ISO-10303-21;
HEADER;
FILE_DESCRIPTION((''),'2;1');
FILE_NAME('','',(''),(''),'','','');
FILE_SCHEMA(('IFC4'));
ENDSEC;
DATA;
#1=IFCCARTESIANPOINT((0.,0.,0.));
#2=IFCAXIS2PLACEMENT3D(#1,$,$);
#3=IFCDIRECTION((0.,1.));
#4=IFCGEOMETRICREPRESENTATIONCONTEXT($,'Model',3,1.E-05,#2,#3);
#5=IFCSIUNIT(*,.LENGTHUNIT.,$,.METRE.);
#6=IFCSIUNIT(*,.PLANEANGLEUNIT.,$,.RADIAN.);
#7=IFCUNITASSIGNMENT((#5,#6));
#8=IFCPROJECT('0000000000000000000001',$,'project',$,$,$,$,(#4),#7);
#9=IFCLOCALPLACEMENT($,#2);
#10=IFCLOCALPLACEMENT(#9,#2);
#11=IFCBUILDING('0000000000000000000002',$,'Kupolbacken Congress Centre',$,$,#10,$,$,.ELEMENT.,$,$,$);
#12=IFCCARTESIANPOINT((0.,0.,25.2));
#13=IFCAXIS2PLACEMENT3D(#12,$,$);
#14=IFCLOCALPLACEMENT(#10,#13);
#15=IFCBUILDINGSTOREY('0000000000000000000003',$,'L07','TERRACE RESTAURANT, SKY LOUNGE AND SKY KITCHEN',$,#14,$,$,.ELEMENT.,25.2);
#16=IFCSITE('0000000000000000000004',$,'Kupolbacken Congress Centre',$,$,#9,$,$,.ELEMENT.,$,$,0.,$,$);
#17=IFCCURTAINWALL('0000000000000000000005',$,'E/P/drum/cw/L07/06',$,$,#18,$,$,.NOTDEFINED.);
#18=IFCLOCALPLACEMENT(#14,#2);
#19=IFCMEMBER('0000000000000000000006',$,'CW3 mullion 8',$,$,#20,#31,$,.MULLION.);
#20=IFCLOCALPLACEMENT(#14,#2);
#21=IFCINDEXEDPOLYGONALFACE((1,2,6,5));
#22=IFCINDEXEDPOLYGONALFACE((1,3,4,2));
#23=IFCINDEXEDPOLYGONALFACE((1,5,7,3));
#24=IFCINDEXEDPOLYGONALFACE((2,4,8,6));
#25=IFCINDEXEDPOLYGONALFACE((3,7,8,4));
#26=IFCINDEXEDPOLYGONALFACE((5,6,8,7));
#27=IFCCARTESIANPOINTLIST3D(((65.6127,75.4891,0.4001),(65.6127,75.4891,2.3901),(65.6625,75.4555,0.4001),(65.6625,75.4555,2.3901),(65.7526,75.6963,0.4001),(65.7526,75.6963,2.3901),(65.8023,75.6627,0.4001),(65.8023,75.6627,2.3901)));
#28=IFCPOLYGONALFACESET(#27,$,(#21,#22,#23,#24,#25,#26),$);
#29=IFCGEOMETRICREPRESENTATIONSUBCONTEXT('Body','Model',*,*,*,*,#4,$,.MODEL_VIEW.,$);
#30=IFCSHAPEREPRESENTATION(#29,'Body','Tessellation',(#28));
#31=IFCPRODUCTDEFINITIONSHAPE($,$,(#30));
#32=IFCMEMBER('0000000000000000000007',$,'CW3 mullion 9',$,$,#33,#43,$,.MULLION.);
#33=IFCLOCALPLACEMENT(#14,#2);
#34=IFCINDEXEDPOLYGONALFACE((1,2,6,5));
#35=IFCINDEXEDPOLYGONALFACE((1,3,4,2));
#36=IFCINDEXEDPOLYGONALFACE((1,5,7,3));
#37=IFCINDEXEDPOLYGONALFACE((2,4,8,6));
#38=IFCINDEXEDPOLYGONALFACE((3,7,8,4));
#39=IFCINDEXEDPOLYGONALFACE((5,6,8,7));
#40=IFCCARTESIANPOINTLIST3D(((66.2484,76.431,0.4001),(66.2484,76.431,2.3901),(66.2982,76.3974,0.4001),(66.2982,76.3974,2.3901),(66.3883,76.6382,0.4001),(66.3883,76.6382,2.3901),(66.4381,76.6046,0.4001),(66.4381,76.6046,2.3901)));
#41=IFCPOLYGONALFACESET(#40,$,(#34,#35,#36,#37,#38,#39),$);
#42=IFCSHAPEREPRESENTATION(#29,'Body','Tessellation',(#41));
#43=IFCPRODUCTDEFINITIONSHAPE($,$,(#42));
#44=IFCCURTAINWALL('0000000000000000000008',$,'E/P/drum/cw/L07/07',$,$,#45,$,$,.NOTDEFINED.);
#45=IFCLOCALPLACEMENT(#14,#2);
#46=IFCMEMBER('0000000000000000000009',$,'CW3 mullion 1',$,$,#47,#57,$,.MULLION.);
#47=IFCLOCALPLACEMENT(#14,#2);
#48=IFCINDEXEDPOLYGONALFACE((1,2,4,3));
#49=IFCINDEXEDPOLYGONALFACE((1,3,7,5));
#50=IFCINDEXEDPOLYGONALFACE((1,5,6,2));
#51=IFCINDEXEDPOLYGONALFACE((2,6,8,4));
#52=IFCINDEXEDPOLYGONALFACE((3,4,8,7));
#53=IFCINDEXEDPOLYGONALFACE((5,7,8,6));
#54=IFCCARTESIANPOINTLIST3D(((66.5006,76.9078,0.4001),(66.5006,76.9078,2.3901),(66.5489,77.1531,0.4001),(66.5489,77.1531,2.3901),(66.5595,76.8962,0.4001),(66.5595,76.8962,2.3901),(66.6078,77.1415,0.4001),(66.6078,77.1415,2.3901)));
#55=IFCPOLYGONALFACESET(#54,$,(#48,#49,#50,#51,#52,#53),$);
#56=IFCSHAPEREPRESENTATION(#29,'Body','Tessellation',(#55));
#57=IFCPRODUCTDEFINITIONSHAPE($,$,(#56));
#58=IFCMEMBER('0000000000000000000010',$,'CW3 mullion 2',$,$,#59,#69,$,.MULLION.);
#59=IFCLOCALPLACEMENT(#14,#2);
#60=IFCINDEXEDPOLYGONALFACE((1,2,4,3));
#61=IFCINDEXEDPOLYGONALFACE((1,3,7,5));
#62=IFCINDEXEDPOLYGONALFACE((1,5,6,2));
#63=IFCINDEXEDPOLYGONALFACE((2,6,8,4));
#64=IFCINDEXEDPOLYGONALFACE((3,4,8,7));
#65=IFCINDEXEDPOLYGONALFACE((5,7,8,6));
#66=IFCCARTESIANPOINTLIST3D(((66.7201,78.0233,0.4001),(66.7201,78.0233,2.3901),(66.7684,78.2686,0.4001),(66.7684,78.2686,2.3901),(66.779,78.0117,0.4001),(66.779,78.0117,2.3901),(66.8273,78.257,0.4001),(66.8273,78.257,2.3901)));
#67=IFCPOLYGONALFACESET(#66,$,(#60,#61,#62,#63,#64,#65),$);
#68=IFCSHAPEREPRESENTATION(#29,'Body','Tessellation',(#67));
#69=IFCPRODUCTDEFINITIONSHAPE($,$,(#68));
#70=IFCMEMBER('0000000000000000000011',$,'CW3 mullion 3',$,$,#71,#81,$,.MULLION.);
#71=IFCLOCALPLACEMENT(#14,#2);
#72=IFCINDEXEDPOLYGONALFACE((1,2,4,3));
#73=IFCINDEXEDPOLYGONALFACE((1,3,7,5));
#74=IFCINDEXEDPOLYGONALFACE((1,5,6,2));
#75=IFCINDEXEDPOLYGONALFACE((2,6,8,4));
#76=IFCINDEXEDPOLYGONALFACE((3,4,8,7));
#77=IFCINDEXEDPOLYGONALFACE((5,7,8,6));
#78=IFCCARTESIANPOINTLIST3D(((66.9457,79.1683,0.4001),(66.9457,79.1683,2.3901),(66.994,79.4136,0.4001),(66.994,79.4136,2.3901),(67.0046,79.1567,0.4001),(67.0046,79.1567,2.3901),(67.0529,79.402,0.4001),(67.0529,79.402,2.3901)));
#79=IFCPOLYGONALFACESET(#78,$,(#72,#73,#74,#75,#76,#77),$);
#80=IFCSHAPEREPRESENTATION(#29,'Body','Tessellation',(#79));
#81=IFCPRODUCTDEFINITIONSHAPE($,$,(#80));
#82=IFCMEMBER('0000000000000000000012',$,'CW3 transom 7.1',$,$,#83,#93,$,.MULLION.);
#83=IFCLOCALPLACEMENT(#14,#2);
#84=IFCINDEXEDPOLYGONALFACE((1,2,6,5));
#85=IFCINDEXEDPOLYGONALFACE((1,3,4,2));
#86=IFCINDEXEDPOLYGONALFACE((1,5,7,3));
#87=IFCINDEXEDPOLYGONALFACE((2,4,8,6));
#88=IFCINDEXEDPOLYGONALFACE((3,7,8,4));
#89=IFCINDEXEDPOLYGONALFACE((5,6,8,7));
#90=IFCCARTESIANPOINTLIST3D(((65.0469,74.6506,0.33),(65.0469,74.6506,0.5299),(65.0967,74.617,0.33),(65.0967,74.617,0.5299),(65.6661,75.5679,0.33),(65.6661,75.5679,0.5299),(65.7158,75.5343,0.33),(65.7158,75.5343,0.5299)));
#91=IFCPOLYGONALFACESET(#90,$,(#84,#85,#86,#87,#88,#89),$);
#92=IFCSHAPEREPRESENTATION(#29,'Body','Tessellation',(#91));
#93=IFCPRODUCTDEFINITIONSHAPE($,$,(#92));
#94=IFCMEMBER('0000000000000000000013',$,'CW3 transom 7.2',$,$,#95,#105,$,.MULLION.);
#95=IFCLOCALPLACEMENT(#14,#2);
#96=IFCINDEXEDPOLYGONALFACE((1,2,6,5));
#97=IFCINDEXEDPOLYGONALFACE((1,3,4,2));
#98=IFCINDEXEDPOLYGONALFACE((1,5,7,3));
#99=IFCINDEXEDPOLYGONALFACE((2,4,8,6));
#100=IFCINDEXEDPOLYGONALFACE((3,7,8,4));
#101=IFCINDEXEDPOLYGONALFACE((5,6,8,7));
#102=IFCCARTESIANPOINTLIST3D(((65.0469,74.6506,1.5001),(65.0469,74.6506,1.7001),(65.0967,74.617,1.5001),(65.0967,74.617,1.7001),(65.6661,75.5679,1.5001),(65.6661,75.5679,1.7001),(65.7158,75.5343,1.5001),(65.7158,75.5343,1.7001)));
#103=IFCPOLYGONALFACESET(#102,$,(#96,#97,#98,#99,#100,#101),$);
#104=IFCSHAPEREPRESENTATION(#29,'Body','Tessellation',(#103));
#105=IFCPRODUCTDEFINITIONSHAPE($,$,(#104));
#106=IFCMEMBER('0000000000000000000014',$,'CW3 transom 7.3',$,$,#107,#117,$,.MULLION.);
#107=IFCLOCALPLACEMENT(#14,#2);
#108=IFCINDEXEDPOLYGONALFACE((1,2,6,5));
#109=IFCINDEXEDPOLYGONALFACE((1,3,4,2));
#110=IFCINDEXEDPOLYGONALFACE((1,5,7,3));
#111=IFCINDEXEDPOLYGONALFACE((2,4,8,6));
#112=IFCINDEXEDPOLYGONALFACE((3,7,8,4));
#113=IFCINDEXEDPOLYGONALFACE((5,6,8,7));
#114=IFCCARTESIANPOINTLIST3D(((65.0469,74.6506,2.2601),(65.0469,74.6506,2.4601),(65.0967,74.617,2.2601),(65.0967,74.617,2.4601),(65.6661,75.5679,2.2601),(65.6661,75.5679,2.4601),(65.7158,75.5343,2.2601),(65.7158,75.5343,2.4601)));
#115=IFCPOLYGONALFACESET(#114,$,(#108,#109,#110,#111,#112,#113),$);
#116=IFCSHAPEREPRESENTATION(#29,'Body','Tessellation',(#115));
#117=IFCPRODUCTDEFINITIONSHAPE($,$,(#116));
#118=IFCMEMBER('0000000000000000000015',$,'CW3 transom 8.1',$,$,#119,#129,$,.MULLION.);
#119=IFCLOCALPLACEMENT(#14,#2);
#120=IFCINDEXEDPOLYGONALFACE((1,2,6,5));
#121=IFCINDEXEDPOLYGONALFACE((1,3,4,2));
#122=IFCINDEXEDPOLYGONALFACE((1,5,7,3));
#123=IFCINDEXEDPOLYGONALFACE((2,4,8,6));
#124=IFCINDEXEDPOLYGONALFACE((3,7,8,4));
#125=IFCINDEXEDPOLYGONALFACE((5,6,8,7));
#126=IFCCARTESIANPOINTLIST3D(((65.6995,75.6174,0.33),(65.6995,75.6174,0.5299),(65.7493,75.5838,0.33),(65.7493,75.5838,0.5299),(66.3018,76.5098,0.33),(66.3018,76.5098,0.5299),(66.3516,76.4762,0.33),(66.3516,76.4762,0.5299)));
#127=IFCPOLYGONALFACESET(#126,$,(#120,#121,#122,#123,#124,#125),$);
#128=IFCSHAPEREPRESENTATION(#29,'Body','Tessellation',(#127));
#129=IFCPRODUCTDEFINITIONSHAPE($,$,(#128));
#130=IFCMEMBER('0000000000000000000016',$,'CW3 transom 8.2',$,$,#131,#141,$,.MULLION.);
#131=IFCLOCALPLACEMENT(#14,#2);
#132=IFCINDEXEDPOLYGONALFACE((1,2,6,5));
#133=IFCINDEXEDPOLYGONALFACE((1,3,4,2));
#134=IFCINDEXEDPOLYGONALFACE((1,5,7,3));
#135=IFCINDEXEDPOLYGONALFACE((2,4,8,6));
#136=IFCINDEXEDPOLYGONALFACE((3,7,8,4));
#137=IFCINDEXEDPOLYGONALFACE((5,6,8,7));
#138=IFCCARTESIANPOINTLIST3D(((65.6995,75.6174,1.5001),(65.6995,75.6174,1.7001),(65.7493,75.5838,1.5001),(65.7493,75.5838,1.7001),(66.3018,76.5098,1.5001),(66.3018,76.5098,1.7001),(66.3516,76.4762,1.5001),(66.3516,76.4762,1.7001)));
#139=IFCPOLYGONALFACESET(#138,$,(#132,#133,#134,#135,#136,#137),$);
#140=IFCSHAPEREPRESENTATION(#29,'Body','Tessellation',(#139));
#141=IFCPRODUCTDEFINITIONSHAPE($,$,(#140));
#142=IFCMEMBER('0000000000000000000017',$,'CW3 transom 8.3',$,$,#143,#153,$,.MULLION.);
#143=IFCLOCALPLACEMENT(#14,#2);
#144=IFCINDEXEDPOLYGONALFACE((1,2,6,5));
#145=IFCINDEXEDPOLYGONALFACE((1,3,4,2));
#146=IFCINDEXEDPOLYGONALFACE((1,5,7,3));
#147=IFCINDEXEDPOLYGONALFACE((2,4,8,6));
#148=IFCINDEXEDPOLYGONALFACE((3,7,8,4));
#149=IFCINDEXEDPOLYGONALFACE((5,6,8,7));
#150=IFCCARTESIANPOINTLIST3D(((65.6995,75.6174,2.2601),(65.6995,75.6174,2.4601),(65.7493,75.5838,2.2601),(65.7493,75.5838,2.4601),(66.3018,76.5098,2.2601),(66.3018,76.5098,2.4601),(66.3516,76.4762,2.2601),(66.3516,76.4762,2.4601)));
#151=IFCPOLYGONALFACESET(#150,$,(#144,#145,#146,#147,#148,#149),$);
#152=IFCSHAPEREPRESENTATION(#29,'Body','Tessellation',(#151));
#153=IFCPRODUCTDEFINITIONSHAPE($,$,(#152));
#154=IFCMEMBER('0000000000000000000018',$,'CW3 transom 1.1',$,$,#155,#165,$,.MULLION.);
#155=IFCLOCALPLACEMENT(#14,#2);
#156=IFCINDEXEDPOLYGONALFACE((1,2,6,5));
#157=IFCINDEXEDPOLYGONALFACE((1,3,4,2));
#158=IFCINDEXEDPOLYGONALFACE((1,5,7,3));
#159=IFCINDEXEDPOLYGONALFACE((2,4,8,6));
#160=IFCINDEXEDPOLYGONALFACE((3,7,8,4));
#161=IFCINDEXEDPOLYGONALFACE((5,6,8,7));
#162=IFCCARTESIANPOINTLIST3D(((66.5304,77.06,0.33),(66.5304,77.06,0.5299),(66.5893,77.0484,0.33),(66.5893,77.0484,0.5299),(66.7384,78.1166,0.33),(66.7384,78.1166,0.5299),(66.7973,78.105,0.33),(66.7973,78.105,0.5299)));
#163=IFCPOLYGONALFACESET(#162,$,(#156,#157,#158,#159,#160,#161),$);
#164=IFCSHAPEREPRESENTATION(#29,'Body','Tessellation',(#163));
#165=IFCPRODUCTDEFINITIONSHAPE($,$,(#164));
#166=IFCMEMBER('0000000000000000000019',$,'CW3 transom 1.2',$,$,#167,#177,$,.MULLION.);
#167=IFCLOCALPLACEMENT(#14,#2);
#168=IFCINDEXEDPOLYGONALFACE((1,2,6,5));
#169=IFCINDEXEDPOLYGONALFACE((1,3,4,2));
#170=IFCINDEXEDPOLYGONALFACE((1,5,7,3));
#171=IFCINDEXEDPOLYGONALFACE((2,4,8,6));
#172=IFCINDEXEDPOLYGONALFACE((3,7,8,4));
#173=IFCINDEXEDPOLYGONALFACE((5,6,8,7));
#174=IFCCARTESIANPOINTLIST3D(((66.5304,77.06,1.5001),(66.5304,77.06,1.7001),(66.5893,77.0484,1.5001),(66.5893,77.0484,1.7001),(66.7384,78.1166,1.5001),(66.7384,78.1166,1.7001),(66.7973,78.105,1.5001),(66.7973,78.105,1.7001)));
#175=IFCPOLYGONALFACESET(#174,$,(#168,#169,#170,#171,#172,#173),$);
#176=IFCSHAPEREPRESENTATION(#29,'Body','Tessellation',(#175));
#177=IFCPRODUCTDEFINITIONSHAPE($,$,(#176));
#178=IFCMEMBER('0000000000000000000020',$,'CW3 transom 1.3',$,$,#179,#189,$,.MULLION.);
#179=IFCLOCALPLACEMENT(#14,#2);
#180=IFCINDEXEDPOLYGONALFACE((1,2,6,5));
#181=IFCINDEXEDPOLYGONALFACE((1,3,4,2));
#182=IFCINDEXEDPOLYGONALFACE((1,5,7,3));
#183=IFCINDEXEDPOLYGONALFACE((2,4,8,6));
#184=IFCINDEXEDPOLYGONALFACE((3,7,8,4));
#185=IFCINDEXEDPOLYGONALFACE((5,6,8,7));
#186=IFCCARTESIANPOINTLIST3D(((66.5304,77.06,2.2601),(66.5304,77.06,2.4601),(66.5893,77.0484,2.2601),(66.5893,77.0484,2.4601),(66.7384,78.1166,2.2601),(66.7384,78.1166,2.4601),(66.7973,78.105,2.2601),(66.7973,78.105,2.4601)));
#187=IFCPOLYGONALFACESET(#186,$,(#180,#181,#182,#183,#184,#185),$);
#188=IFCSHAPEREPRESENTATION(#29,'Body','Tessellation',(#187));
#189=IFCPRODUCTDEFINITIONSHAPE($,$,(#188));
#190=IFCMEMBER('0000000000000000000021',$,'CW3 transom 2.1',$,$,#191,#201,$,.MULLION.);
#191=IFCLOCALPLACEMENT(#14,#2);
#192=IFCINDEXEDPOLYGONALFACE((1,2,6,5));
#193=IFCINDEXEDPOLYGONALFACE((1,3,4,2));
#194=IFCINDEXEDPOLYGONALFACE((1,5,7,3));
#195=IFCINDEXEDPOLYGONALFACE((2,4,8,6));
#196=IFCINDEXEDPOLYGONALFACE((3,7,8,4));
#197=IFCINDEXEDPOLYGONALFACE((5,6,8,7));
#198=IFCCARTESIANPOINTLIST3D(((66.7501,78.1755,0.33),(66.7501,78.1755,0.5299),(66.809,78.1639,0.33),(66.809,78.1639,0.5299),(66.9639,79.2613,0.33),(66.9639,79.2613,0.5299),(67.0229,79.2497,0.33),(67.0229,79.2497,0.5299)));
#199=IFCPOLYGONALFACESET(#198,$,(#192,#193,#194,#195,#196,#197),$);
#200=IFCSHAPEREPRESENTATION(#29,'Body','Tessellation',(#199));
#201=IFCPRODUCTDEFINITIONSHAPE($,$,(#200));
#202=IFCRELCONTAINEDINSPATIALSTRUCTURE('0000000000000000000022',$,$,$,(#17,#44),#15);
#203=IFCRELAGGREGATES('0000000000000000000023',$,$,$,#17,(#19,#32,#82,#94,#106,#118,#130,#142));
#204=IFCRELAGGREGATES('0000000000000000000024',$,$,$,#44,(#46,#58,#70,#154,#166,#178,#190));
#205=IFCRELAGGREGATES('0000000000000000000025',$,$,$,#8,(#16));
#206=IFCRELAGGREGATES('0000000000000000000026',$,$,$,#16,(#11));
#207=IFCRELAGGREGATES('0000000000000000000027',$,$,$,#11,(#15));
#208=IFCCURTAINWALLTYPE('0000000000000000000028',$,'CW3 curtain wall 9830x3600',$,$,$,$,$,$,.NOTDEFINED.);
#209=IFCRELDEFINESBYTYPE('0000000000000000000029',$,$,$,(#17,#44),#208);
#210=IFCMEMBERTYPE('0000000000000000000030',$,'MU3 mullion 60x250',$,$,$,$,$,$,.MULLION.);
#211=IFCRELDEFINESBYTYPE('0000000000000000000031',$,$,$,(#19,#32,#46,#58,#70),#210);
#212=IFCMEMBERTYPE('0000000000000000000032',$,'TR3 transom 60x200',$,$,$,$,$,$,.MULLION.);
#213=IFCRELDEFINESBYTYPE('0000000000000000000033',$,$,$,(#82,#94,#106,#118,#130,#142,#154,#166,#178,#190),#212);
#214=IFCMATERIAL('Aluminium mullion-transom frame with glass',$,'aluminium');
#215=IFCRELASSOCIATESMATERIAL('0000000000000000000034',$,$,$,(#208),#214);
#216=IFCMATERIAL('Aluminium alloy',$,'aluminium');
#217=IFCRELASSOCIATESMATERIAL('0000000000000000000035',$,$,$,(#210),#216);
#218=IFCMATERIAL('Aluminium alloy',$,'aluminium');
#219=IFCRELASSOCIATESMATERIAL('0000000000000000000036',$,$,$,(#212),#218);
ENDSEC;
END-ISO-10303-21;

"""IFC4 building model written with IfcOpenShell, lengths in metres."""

from ifc_helpers import new_model, si_unit, direction, frame, origin, origin_2d, place, context, subcontext, project, spatial, rectangle, extrude, material, material_profile, profile_set, type_object, element, aggregate, save


model = new_model("IFC4")

# Units and contexts
model_context = context("Model", 3, precision=1e-05, world=origin(), true_north=direction((0.0, 1.0)))
body_context = subcontext(model_context, "Body", "Model", "MODEL_VIEW")
ifc_project = project(units=[si_unit("LENGTHUNIT", "METRE"), si_unit("PLANEANGLEUNIT", "RADIAN")], contexts=[model_context])

# Site, building, storey
site_placement = place(None, origin())
site = spatial("IfcSite", under=ifc_project, at=site_placement, Name="Kupolbacken Congress Centre", CompositionType="ELEMENT", RefElevation=0.0)
building_placement = place(site_placement, origin())
building = spatial("IfcBuilding", under=site, at=building_placement, Name="Kupolbacken Congress Centre", CompositionType="ELEMENT")
storey_placement = place(building_placement, frame((0.0, 0.0, 25.2)))
storey = spatial("IfcBuildingStorey", under=building, at=storey_placement, Name="L07", Description="TERRACE RESTAURANT, SKY LOUNGE AND SKY KITCHEN", CompositionType="ELEMENT", Elevation=25.2)

# Curtain walls, members
ifc_material_1 = material(Name="Aluminium mullion-transom frame with glass", Category="aluminium")
curtain_wall_type = type_object("IfcCurtainWallType", Name="CW3 curtain wall 9830x3600", PredefinedType="NOTDEFINED", material=ifc_material_1)
curtain_wall_1_placement = place(storey_placement, origin())
curtain_wall_1 = element("IfcCurtainWall", 1, at=curtain_wall_1_placement, inside=storey, type_object=curtain_wall_type, Name="E/P/drum/cw/L07/06", PredefinedType="NOTDEFINED")
ifc_material_2 = material(Name="Aluminium alloy", Category="aluminium")
ifc_material_profile_1 = material_profile(ifc_material_2, rectangle(XDim=0.0601, YDim=0.25, at=origin_2d()), Name="60 x 250")
ifc_profile_set_1 = profile_set([ifc_material_profile_1], Name="Aluminium alloy")
member_type_1 = type_object("IfcMemberType", Name="MU3 mullion 60x250", PredefinedType="MULLION", material=ifc_profile_set_1)
member_1_placement = place(storey_placement, frame((65.7075, 75.5759, 0.4001), z_axis=(0.0, 0.0, 1.0), x_axis=(-0.828908, 0.559386, 0.0)))
member_1 = element("IfcMember", 2, at=member_1_placement, type_object=member_type_1, Name="CW3 mullion 8", PredefinedType="MULLION", context=body_context, shape_type="SweptSolid", body=[
    extrude(rectangle(XDim=0.0601, YDim=0.25, at=origin_2d()), origin(), (0.0, 0.0, 1.0), 1.99),
])
member_2_placement = place(storey_placement, frame((66.3433, 76.5178, 0.4001), z_axis=(0.0, 0.0, 1.0), x_axis=(-0.828908, 0.559386, 0.0)))
member_2 = element("IfcMember", 3, at=member_2_placement, type_object=member_type_1, Name="CW3 mullion 9", PredefinedType="MULLION", context=body_context, shape_type="SweptSolid", body=[
    extrude(rectangle(XDim=0.0601, YDim=0.25, at=origin_2d()), origin(), (0.0, 0.0, 1.0), 1.99),
])
curtain_wall_2_placement = place(storey_placement, origin())
curtain_wall_2 = element("IfcCurtainWall", 4, at=curtain_wall_2_placement, inside=storey, type_object=curtain_wall_type, Name="E/P/drum/cw/L07/07", PredefinedType="NOTDEFINED")
member_3_placement = place(storey_placement, frame((66.5542, 77.0247, 0.4001), z_axis=(0.0, 0.0, 1.0), x_axis=(-0.981163, 0.193182, 0.0)))
member_3 = element("IfcMember", 5, at=member_3_placement, type_object=member_type_1, Name="CW3 mullion 1", PredefinedType="MULLION", context=body_context, shape_type="SweptSolid", body=[
    extrude(rectangle(XDim=0.0601, YDim=0.25, at=origin_2d()), origin(), (0.0, 0.0, 1.0), 1.99),
])
member_4_placement = place(storey_placement, frame((66.7737, 78.1401, 0.4001), z_axis=(0.0, 0.0, 1.0), x_axis=(-0.981163, 0.193182, 0.0)))
member_4 = element("IfcMember", 6, at=member_4_placement, type_object=member_type_1, Name="CW3 mullion 2", PredefinedType="MULLION", context=body_context, shape_type="SweptSolid", body=[
    extrude(rectangle(XDim=0.0601, YDim=0.25, at=origin_2d()), origin(), (0.0, 0.0, 1.0), 1.99),
])
member_5_placement = place(storey_placement, frame((66.9993, 79.2852, 0.4001), z_axis=(0.0, 0.0, 1.0), x_axis=(-0.981163, 0.193182, 0.0)))
member_5 = element("IfcMember", 7, at=member_5_placement, type_object=member_type_1, Name="CW3 mullion 3", PredefinedType="MULLION", context=body_context, shape_type="SweptSolid", body=[
    extrude(rectangle(XDim=0.0601, YDim=0.25, at=origin_2d()), origin(), (0.0, 0.0, 1.0), 1.99),
])

# Members
ifc_material_3 = material(Name="Aluminium alloy", Category="aluminium")
ifc_material_profile_2 = material_profile(ifc_material_3, rectangle(XDim=0.0601, YDim=0.2, at=origin_2d()), Name="60 x 200")
ifc_profile_set_2 = profile_set([ifc_material_profile_2], Name="Aluminium alloy")
member_type_2 = type_object("IfcMemberType", Name="TR3 transom 60x200", PredefinedType="MULLION", material=ifc_profile_set_2)
member_6_placement = place(storey_placement, frame((65.0718, 74.6338, 0.4299), z_axis=(0.559477, 0.828846, 0.0), x_axis=(-0.828846, 0.559477, 0.0)))
member_6 = element("IfcMember", 8, at=member_6_placement, type_object=member_type_2, Name="CW3 transom 7.1", PredefinedType="MULLION", context=body_context, shape_type="SweptSolid", body=[
    extrude(rectangle(XDim=0.0601, YDim=0.2, at=origin_2d()), origin(), (0.0, 0.0, 1.0), 1.1067),
])
member_7_placement = place(storey_placement, frame((65.0718, 74.6338, 1.6001), z_axis=(0.559477, 0.828846, 0.0), x_axis=(-0.828846, 0.559477, 0.0)))
member_7 = element("IfcMember", 9, at=member_7_placement, type_object=member_type_2, Name="CW3 transom 7.2", PredefinedType="MULLION", context=body_context, shape_type="SweptSolid", body=[
    extrude(rectangle(XDim=0.0601, YDim=0.2, at=origin_2d()), origin(), (0.0, 0.0, 1.0), 1.1067),
])
member_8_placement = place(storey_placement, frame((65.0718, 74.6338, 2.3601), z_axis=(0.559477, 0.828846, 0.0), x_axis=(-0.828846, 0.559477, 0.0)))
member_8 = element("IfcMember", 10, at=member_8_placement, type_object=member_type_2, Name="CW3 transom 7.3", PredefinedType="MULLION", context=body_context, shape_type="SweptSolid", body=[
    extrude(rectangle(XDim=0.0601, YDim=0.2, at=origin_2d()), origin(), (0.0, 0.0, 1.0), 1.1067),
])
member_9_placement = place(storey_placement, frame((65.7244, 75.6006, 0.4299), z_axis=(0.559453, 0.828862, 0.0), x_axis=(-0.828862, 0.559453, 0.0)))
member_9 = element("IfcMember", 11, at=member_9_placement, type_object=member_type_2, Name="CW3 transom 8.1", PredefinedType="MULLION", context=body_context, shape_type="SweptSolid", body=[
    extrude(rectangle(XDim=0.0601, YDim=0.2, at=origin_2d()), origin(), (0.0, 0.0, 1.0), 1.0767),
])
member_10_placement = place(storey_placement, frame((65.7244, 75.6006, 1.6001), z_axis=(0.559453, 0.828862, 0.0), x_axis=(-0.828862, 0.559453, 0.0)))
member_10 = element("IfcMember", 12, at=member_10_placement, type_object=member_type_2, Name="CW3 transom 8.2", PredefinedType="MULLION", context=body_context, shape_type="SweptSolid", body=[
    extrude(rectangle(XDim=0.0601, YDim=0.2, at=origin_2d()), origin(), (0.0, 0.0, 1.0), 1.0767),
])
member_11_placement = place(storey_placement, frame((65.7244, 75.6006, 2.3601), z_axis=(0.559453, 0.828862, 0.0), x_axis=(-0.828862, 0.559453, 0.0)))
member_11 = element("IfcMember", 13, at=member_11_placement, type_object=member_type_2, Name="CW3 transom 8.3", PredefinedType="MULLION", context=body_context, shape_type="SweptSolid", body=[
    extrude(rectangle(XDim=0.0601, YDim=0.2, at=origin_2d()), origin(), (0.0, 0.0, 1.0), 1.0767),
])
member_12_placement = place(storey_placement, frame((66.5598, 77.0542, 0.4299), z_axis=(0.193151, 0.981169, 0.0), x_axis=(-0.981169, 0.193151, 0.0)))
member_12 = element("IfcMember", 14, at=member_12_placement, type_object=member_type_2, Name="CW3 transom 1.1", PredefinedType="MULLION", context=body_context, shape_type="SweptSolid", body=[
    extrude(rectangle(XDim=0.0601, YDim=0.2, at=origin_2d()), origin(), (0.0, 0.0, 1.0), 1.0769),
])
member_13_placement = place(storey_placement, frame((66.5598, 77.0542, 1.6001), z_axis=(0.193151, 0.981169, 0.0), x_axis=(-0.981169, 0.193151, 0.0)))
member_13 = element("IfcMember", 15, at=member_13_placement, type_object=member_type_2, Name="CW3 transom 1.2", PredefinedType="MULLION", context=body_context, shape_type="SweptSolid", body=[
    extrude(rectangle(XDim=0.0601, YDim=0.2, at=origin_2d()), origin(), (0.0, 0.0, 1.0), 1.0769),
])
member_14_placement = place(storey_placement, frame((66.5598, 77.0542, 2.3601), z_axis=(0.193151, 0.981169, 0.0), x_axis=(-0.981169, 0.193151, 0.0)))
member_14 = element("IfcMember", 16, at=member_14_placement, type_object=member_type_2, Name="CW3 transom 1.3", PredefinedType="MULLION", context=body_context, shape_type="SweptSolid", body=[
    extrude(rectangle(XDim=0.0601, YDim=0.2, at=origin_2d()), origin(), (0.0, 0.0, 1.0), 1.0769),
])
member_15_placement = place(storey_placement, frame((66.7795, 78.1697, 0.4299), z_axis=(0.193231, 0.981153, 0.0), x_axis=(-0.981153, 0.193231, 0.0)))
member_15 = element("IfcMember", 17, at=member_15_placement, type_object=member_type_2, Name="CW3 transom 2.1", PredefinedType="MULLION", context=body_context, shape_type="SweptSolid", body=[
    extrude(rectangle(XDim=0.0601, YDim=0.2, at=origin_2d()), origin(), (0.0, 0.0, 1.0), 1.1067),
])

aggregate(curtain_wall_1, [member_1, member_2, member_6, member_7, member_8, member_9, member_10, member_11])
aggregate(curtain_wall_2, [member_3, member_4, member_5, member_12, member_13, member_14, member_15])

save(model, "model.ifc")
